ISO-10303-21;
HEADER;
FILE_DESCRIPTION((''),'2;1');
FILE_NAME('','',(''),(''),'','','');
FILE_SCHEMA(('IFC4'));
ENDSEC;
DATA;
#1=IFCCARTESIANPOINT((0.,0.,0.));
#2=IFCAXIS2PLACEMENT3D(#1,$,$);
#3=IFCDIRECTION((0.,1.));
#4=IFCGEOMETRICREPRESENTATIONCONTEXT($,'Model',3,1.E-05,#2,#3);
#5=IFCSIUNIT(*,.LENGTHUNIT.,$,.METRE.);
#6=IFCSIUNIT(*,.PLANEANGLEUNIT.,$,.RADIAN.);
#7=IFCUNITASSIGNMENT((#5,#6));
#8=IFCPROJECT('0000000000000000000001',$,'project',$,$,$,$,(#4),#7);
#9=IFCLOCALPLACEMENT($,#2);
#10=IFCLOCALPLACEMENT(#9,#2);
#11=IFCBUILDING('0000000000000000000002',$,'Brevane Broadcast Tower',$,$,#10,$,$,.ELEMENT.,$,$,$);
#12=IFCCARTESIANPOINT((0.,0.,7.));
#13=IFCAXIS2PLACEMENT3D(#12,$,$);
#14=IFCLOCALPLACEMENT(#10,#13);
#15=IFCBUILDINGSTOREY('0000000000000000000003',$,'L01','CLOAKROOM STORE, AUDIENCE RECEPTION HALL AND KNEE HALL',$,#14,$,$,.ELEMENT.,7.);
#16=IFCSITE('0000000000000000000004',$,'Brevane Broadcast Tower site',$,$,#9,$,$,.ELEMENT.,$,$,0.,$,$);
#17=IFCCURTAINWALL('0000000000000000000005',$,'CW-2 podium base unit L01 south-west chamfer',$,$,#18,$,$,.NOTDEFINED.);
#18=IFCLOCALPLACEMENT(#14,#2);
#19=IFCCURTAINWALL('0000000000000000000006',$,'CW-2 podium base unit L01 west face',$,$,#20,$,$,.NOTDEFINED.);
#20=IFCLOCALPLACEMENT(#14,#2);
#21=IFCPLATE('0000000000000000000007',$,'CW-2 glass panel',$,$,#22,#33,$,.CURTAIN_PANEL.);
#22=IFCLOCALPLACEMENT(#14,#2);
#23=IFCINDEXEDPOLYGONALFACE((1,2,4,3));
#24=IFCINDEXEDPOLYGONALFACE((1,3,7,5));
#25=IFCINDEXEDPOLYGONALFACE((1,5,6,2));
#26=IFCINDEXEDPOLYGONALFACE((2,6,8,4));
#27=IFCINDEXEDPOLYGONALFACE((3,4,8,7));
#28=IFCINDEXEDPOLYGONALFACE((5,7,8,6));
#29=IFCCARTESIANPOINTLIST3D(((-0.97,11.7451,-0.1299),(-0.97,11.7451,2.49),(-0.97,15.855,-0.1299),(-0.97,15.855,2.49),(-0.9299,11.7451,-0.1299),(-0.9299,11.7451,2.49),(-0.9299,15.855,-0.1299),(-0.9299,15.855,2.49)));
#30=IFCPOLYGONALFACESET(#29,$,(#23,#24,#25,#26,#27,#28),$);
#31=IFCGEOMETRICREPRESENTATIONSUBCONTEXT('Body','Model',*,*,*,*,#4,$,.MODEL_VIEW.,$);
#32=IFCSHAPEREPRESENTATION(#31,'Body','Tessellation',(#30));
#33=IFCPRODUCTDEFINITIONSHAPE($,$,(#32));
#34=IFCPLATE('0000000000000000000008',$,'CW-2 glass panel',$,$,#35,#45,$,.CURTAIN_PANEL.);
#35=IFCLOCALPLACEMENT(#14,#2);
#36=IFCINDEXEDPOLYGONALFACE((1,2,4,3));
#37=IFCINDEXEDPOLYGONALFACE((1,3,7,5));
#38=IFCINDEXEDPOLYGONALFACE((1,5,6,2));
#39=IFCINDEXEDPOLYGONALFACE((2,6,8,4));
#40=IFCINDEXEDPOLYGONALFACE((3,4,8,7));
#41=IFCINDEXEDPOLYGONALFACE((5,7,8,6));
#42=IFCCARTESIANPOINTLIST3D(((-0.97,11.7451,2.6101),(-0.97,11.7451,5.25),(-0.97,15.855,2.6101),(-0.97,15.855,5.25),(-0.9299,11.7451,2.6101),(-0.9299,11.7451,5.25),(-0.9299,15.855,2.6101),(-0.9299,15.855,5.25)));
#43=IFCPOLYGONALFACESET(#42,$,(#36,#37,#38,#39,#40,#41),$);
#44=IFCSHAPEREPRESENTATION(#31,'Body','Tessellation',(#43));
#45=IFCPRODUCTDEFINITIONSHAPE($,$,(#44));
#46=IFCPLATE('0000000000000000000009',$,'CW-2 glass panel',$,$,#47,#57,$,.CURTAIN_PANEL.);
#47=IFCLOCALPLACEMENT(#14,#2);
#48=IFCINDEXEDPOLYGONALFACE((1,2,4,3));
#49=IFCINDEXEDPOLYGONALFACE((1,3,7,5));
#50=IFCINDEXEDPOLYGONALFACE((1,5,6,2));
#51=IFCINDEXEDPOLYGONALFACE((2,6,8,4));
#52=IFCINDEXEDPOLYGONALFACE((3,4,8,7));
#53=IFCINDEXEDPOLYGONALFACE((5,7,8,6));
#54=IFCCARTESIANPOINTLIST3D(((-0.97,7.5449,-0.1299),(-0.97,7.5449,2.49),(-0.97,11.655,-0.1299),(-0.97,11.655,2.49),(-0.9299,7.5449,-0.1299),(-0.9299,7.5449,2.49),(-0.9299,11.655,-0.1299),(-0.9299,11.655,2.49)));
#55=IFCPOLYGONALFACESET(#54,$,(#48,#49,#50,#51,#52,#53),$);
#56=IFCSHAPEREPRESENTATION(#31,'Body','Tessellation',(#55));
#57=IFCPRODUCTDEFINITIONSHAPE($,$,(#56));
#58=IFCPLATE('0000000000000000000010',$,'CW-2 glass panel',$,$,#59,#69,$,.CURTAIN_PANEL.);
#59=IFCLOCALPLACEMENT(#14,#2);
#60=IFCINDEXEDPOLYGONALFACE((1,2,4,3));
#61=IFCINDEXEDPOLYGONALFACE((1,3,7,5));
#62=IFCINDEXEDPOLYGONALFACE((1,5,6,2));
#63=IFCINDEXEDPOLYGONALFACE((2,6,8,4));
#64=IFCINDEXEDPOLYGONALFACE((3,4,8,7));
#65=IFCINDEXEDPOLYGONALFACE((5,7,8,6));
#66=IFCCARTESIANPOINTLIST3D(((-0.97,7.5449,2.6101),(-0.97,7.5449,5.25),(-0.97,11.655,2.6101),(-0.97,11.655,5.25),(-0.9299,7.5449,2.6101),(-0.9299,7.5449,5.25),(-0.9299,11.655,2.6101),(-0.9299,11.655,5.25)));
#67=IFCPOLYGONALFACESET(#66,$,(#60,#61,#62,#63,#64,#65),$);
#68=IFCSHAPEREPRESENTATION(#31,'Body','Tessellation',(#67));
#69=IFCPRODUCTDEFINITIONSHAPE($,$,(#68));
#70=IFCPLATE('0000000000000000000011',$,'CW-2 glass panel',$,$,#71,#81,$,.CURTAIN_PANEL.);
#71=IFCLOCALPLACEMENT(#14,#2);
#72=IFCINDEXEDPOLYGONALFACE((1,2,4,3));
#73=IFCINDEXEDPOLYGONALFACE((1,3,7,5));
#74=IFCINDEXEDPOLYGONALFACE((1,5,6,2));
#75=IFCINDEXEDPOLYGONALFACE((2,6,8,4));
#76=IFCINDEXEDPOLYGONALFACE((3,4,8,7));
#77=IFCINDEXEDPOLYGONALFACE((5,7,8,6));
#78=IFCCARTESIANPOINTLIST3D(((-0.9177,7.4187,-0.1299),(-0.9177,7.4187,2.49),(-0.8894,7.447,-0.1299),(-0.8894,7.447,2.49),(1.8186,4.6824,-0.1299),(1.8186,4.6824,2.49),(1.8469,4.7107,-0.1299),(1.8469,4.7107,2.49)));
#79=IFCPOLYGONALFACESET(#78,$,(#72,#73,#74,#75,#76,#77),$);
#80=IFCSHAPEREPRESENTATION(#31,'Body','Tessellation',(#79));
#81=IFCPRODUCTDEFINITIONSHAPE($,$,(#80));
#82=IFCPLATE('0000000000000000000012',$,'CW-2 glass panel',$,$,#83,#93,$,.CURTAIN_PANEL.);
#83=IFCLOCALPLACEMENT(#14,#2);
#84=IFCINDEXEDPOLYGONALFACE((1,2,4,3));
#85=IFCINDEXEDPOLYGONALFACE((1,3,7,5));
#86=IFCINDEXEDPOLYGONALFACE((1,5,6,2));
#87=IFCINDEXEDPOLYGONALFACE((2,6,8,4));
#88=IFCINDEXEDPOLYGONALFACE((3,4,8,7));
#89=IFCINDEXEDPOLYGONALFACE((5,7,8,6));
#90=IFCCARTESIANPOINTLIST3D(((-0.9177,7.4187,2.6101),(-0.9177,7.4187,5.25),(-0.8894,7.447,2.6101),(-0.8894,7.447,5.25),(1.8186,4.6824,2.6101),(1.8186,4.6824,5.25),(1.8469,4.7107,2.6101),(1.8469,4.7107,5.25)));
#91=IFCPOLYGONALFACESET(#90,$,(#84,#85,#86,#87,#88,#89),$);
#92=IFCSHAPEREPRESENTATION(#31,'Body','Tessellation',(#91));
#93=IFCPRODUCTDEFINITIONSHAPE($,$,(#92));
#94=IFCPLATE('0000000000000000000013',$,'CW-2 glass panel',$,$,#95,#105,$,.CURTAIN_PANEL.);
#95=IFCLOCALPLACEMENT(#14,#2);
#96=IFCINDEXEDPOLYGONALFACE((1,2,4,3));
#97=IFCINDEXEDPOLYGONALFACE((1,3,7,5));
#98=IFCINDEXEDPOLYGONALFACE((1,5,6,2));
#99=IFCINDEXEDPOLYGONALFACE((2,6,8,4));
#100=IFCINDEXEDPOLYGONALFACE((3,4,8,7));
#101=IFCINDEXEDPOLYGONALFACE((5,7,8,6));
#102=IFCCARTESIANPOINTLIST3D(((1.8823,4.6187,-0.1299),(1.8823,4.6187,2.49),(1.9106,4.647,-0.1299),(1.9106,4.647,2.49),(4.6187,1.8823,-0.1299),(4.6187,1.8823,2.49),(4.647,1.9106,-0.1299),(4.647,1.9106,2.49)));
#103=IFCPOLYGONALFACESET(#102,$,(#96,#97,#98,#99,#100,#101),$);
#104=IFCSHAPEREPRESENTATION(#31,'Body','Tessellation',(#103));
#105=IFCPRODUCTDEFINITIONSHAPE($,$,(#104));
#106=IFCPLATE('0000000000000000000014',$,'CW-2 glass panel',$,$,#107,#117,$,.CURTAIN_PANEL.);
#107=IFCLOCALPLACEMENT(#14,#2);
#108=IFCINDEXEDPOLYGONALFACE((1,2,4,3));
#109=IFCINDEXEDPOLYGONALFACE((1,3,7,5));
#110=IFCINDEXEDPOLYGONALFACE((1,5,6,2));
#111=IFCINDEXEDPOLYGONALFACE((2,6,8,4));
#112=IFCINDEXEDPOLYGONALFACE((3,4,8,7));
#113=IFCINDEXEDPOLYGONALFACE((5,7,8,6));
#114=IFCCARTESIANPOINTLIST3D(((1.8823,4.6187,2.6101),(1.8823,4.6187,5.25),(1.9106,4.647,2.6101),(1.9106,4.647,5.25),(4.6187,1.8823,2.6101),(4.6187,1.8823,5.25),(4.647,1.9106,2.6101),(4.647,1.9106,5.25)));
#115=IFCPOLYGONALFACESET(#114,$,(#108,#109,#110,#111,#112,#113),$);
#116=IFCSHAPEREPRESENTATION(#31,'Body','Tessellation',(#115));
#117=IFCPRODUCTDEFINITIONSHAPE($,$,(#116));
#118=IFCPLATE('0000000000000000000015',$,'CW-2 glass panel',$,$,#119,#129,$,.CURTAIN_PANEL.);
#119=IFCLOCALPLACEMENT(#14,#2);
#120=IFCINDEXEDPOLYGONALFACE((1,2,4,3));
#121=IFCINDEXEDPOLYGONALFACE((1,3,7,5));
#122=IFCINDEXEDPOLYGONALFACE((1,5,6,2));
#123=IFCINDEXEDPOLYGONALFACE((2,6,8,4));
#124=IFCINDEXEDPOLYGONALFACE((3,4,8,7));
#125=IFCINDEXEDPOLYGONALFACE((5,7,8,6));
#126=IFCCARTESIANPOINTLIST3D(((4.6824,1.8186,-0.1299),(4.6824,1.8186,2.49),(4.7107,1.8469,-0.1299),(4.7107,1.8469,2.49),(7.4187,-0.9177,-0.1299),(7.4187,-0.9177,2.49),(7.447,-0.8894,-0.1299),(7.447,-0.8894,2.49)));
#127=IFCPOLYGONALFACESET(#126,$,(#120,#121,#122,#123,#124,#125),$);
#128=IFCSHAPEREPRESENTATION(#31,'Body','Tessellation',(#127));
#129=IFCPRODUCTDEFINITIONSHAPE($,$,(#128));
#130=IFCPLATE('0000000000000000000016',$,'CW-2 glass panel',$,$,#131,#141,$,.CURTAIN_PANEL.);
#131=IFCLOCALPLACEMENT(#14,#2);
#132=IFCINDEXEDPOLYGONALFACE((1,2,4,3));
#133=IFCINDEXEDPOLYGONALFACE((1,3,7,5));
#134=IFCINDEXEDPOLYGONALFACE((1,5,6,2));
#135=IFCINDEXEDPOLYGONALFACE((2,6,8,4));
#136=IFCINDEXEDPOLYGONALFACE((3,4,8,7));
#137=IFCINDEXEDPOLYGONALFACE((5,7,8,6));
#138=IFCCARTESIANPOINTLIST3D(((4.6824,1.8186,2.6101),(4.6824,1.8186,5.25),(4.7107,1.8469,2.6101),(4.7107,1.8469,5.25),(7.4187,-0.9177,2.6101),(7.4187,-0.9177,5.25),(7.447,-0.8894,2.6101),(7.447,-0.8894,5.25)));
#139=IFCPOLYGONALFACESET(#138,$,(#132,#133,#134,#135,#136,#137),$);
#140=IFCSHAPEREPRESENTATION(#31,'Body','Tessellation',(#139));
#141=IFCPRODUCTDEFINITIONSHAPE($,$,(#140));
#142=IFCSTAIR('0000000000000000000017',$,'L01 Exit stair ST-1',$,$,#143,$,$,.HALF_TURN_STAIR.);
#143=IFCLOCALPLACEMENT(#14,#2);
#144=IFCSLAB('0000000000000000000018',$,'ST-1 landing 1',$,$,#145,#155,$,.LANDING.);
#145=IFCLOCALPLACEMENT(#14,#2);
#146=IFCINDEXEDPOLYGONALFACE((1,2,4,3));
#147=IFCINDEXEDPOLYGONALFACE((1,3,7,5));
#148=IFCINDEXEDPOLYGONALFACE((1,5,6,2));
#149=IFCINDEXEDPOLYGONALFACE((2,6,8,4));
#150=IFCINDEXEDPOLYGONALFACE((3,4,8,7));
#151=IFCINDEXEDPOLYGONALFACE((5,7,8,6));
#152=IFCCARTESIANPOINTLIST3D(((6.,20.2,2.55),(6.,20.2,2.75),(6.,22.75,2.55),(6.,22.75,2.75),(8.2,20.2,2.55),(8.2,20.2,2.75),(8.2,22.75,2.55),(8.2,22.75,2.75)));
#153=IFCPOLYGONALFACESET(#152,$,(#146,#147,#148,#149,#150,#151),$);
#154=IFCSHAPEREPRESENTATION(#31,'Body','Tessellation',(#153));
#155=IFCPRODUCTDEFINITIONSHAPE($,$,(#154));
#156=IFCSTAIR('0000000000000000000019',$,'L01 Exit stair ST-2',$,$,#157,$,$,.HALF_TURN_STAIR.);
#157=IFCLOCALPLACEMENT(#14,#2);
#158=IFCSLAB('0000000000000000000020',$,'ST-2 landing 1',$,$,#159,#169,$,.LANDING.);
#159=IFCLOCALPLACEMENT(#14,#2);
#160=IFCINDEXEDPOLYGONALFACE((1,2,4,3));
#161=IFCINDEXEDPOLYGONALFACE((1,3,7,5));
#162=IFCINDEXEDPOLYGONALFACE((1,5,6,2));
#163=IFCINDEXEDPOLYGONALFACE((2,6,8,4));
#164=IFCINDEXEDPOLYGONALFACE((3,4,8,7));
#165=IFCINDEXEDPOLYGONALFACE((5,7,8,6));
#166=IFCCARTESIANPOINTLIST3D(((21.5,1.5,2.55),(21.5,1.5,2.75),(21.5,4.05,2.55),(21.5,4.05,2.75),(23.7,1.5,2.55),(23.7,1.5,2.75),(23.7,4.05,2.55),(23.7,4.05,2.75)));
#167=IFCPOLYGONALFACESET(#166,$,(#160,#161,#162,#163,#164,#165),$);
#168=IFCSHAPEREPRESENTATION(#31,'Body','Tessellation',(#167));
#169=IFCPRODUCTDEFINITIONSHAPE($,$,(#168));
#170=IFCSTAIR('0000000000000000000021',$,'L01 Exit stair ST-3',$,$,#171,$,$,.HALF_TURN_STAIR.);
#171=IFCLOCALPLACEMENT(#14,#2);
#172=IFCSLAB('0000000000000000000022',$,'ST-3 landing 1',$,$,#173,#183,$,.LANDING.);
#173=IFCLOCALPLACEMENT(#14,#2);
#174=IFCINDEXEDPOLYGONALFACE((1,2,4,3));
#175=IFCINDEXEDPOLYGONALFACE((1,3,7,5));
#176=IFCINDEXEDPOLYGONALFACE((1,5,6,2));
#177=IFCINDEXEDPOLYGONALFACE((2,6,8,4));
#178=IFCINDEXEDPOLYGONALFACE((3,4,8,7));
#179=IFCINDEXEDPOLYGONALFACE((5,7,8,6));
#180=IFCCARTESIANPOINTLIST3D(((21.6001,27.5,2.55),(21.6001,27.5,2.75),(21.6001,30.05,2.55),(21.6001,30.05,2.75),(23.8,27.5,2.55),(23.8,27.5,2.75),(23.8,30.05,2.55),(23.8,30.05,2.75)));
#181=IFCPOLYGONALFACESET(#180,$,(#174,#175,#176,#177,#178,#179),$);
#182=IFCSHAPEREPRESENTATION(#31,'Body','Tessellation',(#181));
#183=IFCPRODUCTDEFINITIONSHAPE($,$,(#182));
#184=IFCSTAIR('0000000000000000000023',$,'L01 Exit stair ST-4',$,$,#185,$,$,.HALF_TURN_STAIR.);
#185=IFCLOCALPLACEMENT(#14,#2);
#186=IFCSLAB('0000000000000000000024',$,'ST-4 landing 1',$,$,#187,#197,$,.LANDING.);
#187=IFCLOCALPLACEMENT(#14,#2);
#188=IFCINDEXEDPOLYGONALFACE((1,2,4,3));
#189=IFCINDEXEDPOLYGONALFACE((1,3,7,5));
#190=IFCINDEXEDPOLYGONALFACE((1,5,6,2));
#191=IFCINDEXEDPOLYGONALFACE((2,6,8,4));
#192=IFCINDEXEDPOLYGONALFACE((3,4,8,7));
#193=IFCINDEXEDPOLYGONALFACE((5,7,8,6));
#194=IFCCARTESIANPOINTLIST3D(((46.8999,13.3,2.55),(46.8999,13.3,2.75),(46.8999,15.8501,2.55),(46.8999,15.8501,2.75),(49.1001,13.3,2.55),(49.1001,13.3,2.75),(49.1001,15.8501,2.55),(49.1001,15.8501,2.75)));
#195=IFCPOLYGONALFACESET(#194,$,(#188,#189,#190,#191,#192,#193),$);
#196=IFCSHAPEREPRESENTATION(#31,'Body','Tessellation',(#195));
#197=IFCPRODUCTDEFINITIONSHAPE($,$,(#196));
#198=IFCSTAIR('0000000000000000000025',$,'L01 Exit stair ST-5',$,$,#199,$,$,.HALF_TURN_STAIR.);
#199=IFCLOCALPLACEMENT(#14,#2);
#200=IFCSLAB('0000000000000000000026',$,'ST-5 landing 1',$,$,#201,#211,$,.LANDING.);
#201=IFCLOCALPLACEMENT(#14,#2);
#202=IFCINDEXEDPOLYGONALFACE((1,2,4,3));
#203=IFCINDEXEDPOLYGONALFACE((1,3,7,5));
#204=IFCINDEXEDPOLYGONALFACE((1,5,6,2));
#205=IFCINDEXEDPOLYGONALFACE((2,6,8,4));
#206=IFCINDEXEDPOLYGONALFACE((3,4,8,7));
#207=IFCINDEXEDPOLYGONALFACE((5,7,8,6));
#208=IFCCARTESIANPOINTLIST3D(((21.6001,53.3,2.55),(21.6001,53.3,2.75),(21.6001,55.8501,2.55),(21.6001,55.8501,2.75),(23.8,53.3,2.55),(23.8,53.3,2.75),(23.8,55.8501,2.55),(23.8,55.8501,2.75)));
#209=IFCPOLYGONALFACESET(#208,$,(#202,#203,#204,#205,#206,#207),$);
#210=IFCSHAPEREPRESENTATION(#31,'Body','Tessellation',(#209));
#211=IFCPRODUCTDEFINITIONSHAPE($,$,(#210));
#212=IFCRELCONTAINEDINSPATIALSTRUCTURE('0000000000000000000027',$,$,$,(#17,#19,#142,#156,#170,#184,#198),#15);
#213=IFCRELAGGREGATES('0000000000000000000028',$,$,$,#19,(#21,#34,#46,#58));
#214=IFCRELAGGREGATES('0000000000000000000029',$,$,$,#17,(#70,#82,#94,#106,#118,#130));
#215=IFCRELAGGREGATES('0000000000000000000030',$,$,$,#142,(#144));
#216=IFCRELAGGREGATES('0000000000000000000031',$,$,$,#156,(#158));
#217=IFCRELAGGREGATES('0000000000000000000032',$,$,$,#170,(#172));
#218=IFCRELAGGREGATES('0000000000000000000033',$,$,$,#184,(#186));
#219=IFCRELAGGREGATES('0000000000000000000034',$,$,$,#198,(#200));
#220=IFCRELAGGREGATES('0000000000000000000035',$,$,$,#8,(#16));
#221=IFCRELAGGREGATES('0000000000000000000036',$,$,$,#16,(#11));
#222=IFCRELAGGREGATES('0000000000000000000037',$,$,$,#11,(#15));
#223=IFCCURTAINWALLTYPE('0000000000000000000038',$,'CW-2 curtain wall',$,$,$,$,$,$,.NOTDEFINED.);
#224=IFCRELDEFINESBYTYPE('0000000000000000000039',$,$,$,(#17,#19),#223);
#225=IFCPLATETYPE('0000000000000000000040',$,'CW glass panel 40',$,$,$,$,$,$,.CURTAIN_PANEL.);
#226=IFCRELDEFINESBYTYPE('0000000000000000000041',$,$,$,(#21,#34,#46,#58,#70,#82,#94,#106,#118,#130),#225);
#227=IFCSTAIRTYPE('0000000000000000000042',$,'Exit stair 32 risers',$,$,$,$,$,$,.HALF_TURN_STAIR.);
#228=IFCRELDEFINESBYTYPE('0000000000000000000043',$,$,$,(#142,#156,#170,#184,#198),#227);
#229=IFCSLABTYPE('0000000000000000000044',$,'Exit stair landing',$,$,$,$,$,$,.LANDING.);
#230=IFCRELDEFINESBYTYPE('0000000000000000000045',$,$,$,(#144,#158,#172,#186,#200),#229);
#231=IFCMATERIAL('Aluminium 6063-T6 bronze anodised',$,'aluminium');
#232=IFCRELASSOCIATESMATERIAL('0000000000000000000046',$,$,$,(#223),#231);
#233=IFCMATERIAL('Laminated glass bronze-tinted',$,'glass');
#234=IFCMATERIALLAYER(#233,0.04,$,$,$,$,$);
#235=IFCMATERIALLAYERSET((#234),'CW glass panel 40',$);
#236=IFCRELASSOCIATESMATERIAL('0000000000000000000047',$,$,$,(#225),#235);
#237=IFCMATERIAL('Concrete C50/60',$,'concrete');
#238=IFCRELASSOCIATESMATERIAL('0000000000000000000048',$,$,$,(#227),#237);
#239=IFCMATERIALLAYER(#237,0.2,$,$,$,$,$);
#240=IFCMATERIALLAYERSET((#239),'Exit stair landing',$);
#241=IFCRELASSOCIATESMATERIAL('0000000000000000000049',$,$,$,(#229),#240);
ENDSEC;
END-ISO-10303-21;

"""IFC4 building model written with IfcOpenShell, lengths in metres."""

from ifc_helpers import new_model, si_unit, direction, frame, origin, place, context, subcontext, project, spatial, polyline, outline, extrude, material, layer, layer_set, type_object, element, aggregate, save


model = new_model("IFC4")

# Units and contexts
model_context = context("Model", 3, precision=1e-05, world=origin(), true_north=direction((0.0, 1.0)))
body_context = subcontext(model_context, "Body", "Model", "MODEL_VIEW")
ifc_project = project(units=[si_unit("LENGTHUNIT", "METRE"), si_unit("PLANEANGLEUNIT", "RADIAN")], contexts=[model_context])

# Site, building, storey
site_placement = place(None, origin())
site = spatial("IfcSite", under=ifc_project, at=site_placement, Name="Brevane Broadcast Tower site", CompositionType="ELEMENT", RefElevation=0.0)
building_placement = place(site_placement, origin())
building = spatial("IfcBuilding", under=site, at=building_placement, Name="Brevane Broadcast Tower", CompositionType="ELEMENT")
storey_placement = place(building_placement, frame((0.0, 0.0, 7.0)))
storey = spatial("IfcBuildingStorey", under=building, at=storey_placement, Name="L01", Description="CLOAKROOM STORE, AUDIENCE RECEPTION HALL AND KNEE HALL", CompositionType="ELEMENT", Elevation=7.0)

# Shared definitions
ifc_material_1 = material(Name="Aluminium 6063-T6 bronze anodised", Category="aluminium")
curtain_wall_type = type_object("IfcCurtainWallType", Name="CW-2 curtain wall", PredefinedType="NOTDEFINED", material=ifc_material_1)

# Curtain wall
curtain_wall_1_placement = place(storey_placement, origin())
curtain_wall_1 = element("IfcCurtainWall", 1, at=curtain_wall_1_placement, inside=storey, type_object=curtain_wall_type, Name="CW-2 podium base unit L01 south-west chamfer", PredefinedType="NOTDEFINED")

# Shared definitions
ifc_material_2 = material(Name="Laminated glass bronze-tinted", Category="glass")
ifc_layer_1 = layer(ifc_material_2, 0.04)
ifc_layer_set_1 = layer_set([ifc_layer_1], Name="CW glass panel 40")
plate_type = type_object("IfcPlateType", Name="CW glass panel 40", PredefinedType="CURTAIN_PANEL", material=ifc_layer_set_1)

# Curtain wall, plates
curtain_wall_2_placement = place(storey_placement, origin())
curtain_wall_2 = element("IfcCurtainWall", 2, at=curtain_wall_2_placement, inside=storey, type_object=curtain_wall_type, Name="CW-2 podium base unit L01 west face", PredefinedType="NOTDEFINED")
plate_1_placement = place(storey_placement, frame((0.0, 0.0, -0.1299)))
plate_1 = element("IfcPlate", 3, at=plate_1_placement, type_object=plate_type, Name="CW-2 glass panel", PredefinedType="CURTAIN_PANEL", context=body_context, shape_type="SweptSolid", body=[
    extrude(outline(polyline([(-0.97, 11.7451), (-0.9299, 11.7451), (-0.9299, 15.855), (-0.97, 15.855), (-0.97, 11.7451)])), origin(), (0.0, 0.0, 1.0), 2.6199),
])
plate_2_placement = place(storey_placement, frame((0.0, 0.0, 2.6101)))
plate_2 = element("IfcPlate", 4, at=plate_2_placement, type_object=plate_type, Name="CW-2 glass panel", PredefinedType="CURTAIN_PANEL", context=body_context, shape_type="SweptSolid", body=[
    extrude(outline(polyline([(-0.97, 11.7451), (-0.9299, 11.7451), (-0.9299, 15.855), (-0.97, 15.855), (-0.97, 11.7451)])), origin(), (0.0, 0.0, 1.0), 2.6399),
])
plate_3_placement = place(storey_placement, frame((0.0, 0.0, -0.1299)))
plate_3 = element("IfcPlate", 5, at=plate_3_placement, type_object=plate_type, Name="CW-2 glass panel", PredefinedType="CURTAIN_PANEL", context=body_context, shape_type="SweptSolid", body=[
    extrude(outline(polyline([(-0.97, 7.5449), (-0.9299, 7.5449), (-0.9299, 11.655), (-0.97, 11.655), (-0.97, 7.5449)])), origin(), (0.0, 0.0, 1.0), 2.6199),
])
plate_4_placement = place(storey_placement, frame((0.0, 0.0, 2.6101)))
plate_4 = element("IfcPlate", 6, at=plate_4_placement, type_object=plate_type, Name="CW-2 glass panel", PredefinedType="CURTAIN_PANEL", context=body_context, shape_type="SweptSolid", body=[
    extrude(outline(polyline([(-0.97, 7.5449), (-0.9299, 7.5449), (-0.9299, 11.655), (-0.97, 11.655), (-0.97, 7.5449)])), origin(), (0.0, 0.0, 1.0), 2.6399),
])
aggregate(curtain_wall_2, [plate_1, plate_2, plate_3, plate_4])

# Plates
plate_5_placement = place(storey_placement, frame((0.0, 0.0, -0.1299)))
plate_5 = element("IfcPlate", 7, at=plate_5_placement, type_object=plate_type, Name="CW-2 glass panel", PredefinedType="CURTAIN_PANEL", context=body_context, shape_type="SweptSolid", body=[
    extrude(outline(polyline([(-0.8894, 7.447), (1.8469, 4.7107), (1.8186, 4.6824), (-0.9177, 7.4187), (-0.8894, 7.447)])), origin(), (0.0, 0.0, 1.0), 2.6199),
])
plate_6_placement = place(storey_placement, frame((0.0, 0.0, 2.6101)))
plate_6 = element("IfcPlate", 8, at=plate_6_placement, type_object=plate_type, Name="CW-2 glass panel", PredefinedType="CURTAIN_PANEL", context=body_context, shape_type="SweptSolid", body=[
    extrude(outline(polyline([(-0.8894, 7.447), (1.8469, 4.7107), (1.8186, 4.6824), (-0.9177, 7.4187), (-0.8894, 7.447)])), origin(), (0.0, 0.0, 1.0), 2.6399),
])
plate_7_placement = place(storey_placement, frame((0.0, 0.0, -0.1299)))
plate_7 = element("IfcPlate", 9, at=plate_7_placement, type_object=plate_type, Name="CW-2 glass panel", PredefinedType="CURTAIN_PANEL", context=body_context, shape_type="SweptSolid", body=[
    extrude(outline(polyline([(1.9106, 4.647), (4.647, 1.9106), (4.6187, 1.8823), (1.8823, 4.6187), (1.9106, 4.647)])), origin(), (0.0, 0.0, 1.0), 2.6199),
])
plate_8_placement = place(storey_placement, frame((0.0, 0.0, 2.6101)))
plate_8 = element("IfcPlate", 10, at=plate_8_placement, type_object=plate_type, Name="CW-2 glass panel", PredefinedType="CURTAIN_PANEL", context=body_context, shape_type="SweptSolid", body=[
    extrude(outline(polyline([(1.9106, 4.647), (4.647, 1.9106), (4.6187, 1.8823), (1.8823, 4.6187), (1.9106, 4.647)])), origin(), (0.0, 0.0, 1.0), 2.6399),
])
plate_9_placement = place(storey_placement, frame((0.0, 0.0, -0.1299)))
plate_9 = element("IfcPlate", 11, at=plate_9_placement, type_object=plate_type, Name="CW-2 glass panel", PredefinedType="CURTAIN_PANEL", context=body_context, shape_type="SweptSolid", body=[
    extrude(outline(polyline([(4.7107, 1.8469), (7.447, -0.8894), (7.4187, -0.9177), (4.6824, 1.8186), (4.7107, 1.8469)])), origin(), (0.0, 0.0, 1.0), 2.6199),
])
plate_10_placement = place(storey_placement, frame((0.0, 0.0, 2.6101)))
plate_10 = element("IfcPlate", 12, at=plate_10_placement, type_object=plate_type, Name="CW-2 glass panel", PredefinedType="CURTAIN_PANEL", context=body_context, shape_type="SweptSolid", body=[
    extrude(outline(polyline([(4.7107, 1.8469), (7.447, -0.8894), (7.4187, -0.9177), (4.6824, 1.8186), (4.7107, 1.8469)])), origin(), (0.0, 0.0, 1.0), 2.6399),
])
aggregate(curtain_wall_1, [plate_5, plate_6, plate_7, plate_8, plate_9, plate_10])

# Stairs, slabs
ifc_material_3 = material(Name="Concrete C50/60", Category="concrete")
stair_type = type_object("IfcStairType", Name="Exit stair 32 risers", PredefinedType="HALF_TURN_STAIR", material=ifc_material_3)
stair_1_placement = place(storey_placement, origin())
stair_1 = element("IfcStair", 13, at=stair_1_placement, inside=storey, type_object=stair_type, Name="L01 Exit stair ST-1", PredefinedType="HALF_TURN_STAIR")
ifc_layer_2 = layer(ifc_material_3, 0.2)
ifc_layer_set_2 = layer_set([ifc_layer_2], Name="Exit stair landing")
slab_type = type_object("IfcSlabType", Name="Exit stair landing", PredefinedType="LANDING", material=ifc_layer_set_2)
slab_1_placement = place(storey_placement, frame((0.0, 0.0, 2.55)))
slab_1 = element("IfcSlab", 14, at=slab_1_placement, type_object=slab_type, Name="ST-1 landing 1", PredefinedType="LANDING", context=body_context, shape_type="SweptSolid", body=[
    extrude(outline(polyline([(6.0, 20.2), (8.2, 20.2), (8.2, 22.75), (6.0, 22.75), (6.0, 20.2)])), origin(), (0.0, 0.0, 1.0), 0.2),
])
aggregate(stair_1, [slab_1])
stair_2_placement = place(storey_placement, origin())
stair_2 = element("IfcStair", 15, at=stair_2_placement, inside=storey, type_object=stair_type, Name="L01 Exit stair ST-2", PredefinedType="HALF_TURN_STAIR")
slab_2_placement = place(storey_placement, frame((0.0, 0.0, 2.55)))
slab_2 = element("IfcSlab", 16, at=slab_2_placement, type_object=slab_type, Name="ST-2 landing 1", PredefinedType="LANDING", context=body_context, shape_type="SweptSolid", body=[
    extrude(outline(polyline([(21.5, 1.5), (23.7, 1.5), (23.7, 4.05), (21.5, 4.05), (21.5, 1.5)])), origin(), (0.0, 0.0, 1.0), 0.2),
])
aggregate(stair_2, [slab_2])
stair_3_placement = place(storey_placement, origin())
stair_3 = element("IfcStair", 17, at=stair_3_placement, inside=storey, type_object=stair_type, Name="L01 Exit stair ST-3", PredefinedType="HALF_TURN_STAIR")
slab_3_placement = place(storey_placement, frame((0.0, 0.0, 2.55)))
slab_3 = element("IfcSlab", 18, at=slab_3_placement, type_object=slab_type, Name="ST-3 landing 1", PredefinedType="LANDING", context=body_context, shape_type="SweptSolid", body=[
    extrude(outline(polyline([(21.6001, 27.5), (23.8, 27.5), (23.8, 30.05), (21.6001, 30.05), (21.6001, 27.5)])), origin(), (0.0, 0.0, 1.0), 0.2),
])
aggregate(stair_3, [slab_3])
stair_4_placement = place(storey_placement, origin())
stair_4 = element("IfcStair", 19, at=stair_4_placement, inside=storey, type_object=stair_type, Name="L01 Exit stair ST-4", PredefinedType="HALF_TURN_STAIR")
slab_4_placement = place(storey_placement, frame((0.0, 0.0, 2.55)))
slab_4 = element("IfcSlab", 20, at=slab_4_placement, type_object=slab_type, Name="ST-4 landing 1", PredefinedType="LANDING", context=body_context, shape_type="SweptSolid", body=[
    extrude(outline(polyline([(46.8999, 13.3), (49.1001, 13.3), (49.1001, 15.8501), (46.8999, 15.8501), (46.8999, 13.3)])), origin(), (0.0, 0.0, 1.0), 0.2),
])
aggregate(stair_4, [slab_4])
stair_5_placement = place(storey_placement, origin())
stair_5 = element("IfcStair", 21, at=stair_5_placement, inside=storey, type_object=stair_type, Name="L01 Exit stair ST-5", PredefinedType="HALF_TURN_STAIR")
slab_5_placement = place(storey_placement, frame((0.0, 0.0, 2.55)))
slab_5 = element("IfcSlab", 22, at=slab_5_placement, type_object=slab_type, Name="ST-5 landing 1", PredefinedType="LANDING", context=body_context, shape_type="SweptSolid", body=[
    extrude(outline(polyline([(21.6001, 53.3), (23.8, 53.3), (23.8, 55.8501), (21.6001, 55.8501), (21.6001, 53.3)])), origin(), (0.0, 0.0, 1.0), 0.2),
])
aggregate(stair_5, [slab_5])

save(model, "model.ifc")
